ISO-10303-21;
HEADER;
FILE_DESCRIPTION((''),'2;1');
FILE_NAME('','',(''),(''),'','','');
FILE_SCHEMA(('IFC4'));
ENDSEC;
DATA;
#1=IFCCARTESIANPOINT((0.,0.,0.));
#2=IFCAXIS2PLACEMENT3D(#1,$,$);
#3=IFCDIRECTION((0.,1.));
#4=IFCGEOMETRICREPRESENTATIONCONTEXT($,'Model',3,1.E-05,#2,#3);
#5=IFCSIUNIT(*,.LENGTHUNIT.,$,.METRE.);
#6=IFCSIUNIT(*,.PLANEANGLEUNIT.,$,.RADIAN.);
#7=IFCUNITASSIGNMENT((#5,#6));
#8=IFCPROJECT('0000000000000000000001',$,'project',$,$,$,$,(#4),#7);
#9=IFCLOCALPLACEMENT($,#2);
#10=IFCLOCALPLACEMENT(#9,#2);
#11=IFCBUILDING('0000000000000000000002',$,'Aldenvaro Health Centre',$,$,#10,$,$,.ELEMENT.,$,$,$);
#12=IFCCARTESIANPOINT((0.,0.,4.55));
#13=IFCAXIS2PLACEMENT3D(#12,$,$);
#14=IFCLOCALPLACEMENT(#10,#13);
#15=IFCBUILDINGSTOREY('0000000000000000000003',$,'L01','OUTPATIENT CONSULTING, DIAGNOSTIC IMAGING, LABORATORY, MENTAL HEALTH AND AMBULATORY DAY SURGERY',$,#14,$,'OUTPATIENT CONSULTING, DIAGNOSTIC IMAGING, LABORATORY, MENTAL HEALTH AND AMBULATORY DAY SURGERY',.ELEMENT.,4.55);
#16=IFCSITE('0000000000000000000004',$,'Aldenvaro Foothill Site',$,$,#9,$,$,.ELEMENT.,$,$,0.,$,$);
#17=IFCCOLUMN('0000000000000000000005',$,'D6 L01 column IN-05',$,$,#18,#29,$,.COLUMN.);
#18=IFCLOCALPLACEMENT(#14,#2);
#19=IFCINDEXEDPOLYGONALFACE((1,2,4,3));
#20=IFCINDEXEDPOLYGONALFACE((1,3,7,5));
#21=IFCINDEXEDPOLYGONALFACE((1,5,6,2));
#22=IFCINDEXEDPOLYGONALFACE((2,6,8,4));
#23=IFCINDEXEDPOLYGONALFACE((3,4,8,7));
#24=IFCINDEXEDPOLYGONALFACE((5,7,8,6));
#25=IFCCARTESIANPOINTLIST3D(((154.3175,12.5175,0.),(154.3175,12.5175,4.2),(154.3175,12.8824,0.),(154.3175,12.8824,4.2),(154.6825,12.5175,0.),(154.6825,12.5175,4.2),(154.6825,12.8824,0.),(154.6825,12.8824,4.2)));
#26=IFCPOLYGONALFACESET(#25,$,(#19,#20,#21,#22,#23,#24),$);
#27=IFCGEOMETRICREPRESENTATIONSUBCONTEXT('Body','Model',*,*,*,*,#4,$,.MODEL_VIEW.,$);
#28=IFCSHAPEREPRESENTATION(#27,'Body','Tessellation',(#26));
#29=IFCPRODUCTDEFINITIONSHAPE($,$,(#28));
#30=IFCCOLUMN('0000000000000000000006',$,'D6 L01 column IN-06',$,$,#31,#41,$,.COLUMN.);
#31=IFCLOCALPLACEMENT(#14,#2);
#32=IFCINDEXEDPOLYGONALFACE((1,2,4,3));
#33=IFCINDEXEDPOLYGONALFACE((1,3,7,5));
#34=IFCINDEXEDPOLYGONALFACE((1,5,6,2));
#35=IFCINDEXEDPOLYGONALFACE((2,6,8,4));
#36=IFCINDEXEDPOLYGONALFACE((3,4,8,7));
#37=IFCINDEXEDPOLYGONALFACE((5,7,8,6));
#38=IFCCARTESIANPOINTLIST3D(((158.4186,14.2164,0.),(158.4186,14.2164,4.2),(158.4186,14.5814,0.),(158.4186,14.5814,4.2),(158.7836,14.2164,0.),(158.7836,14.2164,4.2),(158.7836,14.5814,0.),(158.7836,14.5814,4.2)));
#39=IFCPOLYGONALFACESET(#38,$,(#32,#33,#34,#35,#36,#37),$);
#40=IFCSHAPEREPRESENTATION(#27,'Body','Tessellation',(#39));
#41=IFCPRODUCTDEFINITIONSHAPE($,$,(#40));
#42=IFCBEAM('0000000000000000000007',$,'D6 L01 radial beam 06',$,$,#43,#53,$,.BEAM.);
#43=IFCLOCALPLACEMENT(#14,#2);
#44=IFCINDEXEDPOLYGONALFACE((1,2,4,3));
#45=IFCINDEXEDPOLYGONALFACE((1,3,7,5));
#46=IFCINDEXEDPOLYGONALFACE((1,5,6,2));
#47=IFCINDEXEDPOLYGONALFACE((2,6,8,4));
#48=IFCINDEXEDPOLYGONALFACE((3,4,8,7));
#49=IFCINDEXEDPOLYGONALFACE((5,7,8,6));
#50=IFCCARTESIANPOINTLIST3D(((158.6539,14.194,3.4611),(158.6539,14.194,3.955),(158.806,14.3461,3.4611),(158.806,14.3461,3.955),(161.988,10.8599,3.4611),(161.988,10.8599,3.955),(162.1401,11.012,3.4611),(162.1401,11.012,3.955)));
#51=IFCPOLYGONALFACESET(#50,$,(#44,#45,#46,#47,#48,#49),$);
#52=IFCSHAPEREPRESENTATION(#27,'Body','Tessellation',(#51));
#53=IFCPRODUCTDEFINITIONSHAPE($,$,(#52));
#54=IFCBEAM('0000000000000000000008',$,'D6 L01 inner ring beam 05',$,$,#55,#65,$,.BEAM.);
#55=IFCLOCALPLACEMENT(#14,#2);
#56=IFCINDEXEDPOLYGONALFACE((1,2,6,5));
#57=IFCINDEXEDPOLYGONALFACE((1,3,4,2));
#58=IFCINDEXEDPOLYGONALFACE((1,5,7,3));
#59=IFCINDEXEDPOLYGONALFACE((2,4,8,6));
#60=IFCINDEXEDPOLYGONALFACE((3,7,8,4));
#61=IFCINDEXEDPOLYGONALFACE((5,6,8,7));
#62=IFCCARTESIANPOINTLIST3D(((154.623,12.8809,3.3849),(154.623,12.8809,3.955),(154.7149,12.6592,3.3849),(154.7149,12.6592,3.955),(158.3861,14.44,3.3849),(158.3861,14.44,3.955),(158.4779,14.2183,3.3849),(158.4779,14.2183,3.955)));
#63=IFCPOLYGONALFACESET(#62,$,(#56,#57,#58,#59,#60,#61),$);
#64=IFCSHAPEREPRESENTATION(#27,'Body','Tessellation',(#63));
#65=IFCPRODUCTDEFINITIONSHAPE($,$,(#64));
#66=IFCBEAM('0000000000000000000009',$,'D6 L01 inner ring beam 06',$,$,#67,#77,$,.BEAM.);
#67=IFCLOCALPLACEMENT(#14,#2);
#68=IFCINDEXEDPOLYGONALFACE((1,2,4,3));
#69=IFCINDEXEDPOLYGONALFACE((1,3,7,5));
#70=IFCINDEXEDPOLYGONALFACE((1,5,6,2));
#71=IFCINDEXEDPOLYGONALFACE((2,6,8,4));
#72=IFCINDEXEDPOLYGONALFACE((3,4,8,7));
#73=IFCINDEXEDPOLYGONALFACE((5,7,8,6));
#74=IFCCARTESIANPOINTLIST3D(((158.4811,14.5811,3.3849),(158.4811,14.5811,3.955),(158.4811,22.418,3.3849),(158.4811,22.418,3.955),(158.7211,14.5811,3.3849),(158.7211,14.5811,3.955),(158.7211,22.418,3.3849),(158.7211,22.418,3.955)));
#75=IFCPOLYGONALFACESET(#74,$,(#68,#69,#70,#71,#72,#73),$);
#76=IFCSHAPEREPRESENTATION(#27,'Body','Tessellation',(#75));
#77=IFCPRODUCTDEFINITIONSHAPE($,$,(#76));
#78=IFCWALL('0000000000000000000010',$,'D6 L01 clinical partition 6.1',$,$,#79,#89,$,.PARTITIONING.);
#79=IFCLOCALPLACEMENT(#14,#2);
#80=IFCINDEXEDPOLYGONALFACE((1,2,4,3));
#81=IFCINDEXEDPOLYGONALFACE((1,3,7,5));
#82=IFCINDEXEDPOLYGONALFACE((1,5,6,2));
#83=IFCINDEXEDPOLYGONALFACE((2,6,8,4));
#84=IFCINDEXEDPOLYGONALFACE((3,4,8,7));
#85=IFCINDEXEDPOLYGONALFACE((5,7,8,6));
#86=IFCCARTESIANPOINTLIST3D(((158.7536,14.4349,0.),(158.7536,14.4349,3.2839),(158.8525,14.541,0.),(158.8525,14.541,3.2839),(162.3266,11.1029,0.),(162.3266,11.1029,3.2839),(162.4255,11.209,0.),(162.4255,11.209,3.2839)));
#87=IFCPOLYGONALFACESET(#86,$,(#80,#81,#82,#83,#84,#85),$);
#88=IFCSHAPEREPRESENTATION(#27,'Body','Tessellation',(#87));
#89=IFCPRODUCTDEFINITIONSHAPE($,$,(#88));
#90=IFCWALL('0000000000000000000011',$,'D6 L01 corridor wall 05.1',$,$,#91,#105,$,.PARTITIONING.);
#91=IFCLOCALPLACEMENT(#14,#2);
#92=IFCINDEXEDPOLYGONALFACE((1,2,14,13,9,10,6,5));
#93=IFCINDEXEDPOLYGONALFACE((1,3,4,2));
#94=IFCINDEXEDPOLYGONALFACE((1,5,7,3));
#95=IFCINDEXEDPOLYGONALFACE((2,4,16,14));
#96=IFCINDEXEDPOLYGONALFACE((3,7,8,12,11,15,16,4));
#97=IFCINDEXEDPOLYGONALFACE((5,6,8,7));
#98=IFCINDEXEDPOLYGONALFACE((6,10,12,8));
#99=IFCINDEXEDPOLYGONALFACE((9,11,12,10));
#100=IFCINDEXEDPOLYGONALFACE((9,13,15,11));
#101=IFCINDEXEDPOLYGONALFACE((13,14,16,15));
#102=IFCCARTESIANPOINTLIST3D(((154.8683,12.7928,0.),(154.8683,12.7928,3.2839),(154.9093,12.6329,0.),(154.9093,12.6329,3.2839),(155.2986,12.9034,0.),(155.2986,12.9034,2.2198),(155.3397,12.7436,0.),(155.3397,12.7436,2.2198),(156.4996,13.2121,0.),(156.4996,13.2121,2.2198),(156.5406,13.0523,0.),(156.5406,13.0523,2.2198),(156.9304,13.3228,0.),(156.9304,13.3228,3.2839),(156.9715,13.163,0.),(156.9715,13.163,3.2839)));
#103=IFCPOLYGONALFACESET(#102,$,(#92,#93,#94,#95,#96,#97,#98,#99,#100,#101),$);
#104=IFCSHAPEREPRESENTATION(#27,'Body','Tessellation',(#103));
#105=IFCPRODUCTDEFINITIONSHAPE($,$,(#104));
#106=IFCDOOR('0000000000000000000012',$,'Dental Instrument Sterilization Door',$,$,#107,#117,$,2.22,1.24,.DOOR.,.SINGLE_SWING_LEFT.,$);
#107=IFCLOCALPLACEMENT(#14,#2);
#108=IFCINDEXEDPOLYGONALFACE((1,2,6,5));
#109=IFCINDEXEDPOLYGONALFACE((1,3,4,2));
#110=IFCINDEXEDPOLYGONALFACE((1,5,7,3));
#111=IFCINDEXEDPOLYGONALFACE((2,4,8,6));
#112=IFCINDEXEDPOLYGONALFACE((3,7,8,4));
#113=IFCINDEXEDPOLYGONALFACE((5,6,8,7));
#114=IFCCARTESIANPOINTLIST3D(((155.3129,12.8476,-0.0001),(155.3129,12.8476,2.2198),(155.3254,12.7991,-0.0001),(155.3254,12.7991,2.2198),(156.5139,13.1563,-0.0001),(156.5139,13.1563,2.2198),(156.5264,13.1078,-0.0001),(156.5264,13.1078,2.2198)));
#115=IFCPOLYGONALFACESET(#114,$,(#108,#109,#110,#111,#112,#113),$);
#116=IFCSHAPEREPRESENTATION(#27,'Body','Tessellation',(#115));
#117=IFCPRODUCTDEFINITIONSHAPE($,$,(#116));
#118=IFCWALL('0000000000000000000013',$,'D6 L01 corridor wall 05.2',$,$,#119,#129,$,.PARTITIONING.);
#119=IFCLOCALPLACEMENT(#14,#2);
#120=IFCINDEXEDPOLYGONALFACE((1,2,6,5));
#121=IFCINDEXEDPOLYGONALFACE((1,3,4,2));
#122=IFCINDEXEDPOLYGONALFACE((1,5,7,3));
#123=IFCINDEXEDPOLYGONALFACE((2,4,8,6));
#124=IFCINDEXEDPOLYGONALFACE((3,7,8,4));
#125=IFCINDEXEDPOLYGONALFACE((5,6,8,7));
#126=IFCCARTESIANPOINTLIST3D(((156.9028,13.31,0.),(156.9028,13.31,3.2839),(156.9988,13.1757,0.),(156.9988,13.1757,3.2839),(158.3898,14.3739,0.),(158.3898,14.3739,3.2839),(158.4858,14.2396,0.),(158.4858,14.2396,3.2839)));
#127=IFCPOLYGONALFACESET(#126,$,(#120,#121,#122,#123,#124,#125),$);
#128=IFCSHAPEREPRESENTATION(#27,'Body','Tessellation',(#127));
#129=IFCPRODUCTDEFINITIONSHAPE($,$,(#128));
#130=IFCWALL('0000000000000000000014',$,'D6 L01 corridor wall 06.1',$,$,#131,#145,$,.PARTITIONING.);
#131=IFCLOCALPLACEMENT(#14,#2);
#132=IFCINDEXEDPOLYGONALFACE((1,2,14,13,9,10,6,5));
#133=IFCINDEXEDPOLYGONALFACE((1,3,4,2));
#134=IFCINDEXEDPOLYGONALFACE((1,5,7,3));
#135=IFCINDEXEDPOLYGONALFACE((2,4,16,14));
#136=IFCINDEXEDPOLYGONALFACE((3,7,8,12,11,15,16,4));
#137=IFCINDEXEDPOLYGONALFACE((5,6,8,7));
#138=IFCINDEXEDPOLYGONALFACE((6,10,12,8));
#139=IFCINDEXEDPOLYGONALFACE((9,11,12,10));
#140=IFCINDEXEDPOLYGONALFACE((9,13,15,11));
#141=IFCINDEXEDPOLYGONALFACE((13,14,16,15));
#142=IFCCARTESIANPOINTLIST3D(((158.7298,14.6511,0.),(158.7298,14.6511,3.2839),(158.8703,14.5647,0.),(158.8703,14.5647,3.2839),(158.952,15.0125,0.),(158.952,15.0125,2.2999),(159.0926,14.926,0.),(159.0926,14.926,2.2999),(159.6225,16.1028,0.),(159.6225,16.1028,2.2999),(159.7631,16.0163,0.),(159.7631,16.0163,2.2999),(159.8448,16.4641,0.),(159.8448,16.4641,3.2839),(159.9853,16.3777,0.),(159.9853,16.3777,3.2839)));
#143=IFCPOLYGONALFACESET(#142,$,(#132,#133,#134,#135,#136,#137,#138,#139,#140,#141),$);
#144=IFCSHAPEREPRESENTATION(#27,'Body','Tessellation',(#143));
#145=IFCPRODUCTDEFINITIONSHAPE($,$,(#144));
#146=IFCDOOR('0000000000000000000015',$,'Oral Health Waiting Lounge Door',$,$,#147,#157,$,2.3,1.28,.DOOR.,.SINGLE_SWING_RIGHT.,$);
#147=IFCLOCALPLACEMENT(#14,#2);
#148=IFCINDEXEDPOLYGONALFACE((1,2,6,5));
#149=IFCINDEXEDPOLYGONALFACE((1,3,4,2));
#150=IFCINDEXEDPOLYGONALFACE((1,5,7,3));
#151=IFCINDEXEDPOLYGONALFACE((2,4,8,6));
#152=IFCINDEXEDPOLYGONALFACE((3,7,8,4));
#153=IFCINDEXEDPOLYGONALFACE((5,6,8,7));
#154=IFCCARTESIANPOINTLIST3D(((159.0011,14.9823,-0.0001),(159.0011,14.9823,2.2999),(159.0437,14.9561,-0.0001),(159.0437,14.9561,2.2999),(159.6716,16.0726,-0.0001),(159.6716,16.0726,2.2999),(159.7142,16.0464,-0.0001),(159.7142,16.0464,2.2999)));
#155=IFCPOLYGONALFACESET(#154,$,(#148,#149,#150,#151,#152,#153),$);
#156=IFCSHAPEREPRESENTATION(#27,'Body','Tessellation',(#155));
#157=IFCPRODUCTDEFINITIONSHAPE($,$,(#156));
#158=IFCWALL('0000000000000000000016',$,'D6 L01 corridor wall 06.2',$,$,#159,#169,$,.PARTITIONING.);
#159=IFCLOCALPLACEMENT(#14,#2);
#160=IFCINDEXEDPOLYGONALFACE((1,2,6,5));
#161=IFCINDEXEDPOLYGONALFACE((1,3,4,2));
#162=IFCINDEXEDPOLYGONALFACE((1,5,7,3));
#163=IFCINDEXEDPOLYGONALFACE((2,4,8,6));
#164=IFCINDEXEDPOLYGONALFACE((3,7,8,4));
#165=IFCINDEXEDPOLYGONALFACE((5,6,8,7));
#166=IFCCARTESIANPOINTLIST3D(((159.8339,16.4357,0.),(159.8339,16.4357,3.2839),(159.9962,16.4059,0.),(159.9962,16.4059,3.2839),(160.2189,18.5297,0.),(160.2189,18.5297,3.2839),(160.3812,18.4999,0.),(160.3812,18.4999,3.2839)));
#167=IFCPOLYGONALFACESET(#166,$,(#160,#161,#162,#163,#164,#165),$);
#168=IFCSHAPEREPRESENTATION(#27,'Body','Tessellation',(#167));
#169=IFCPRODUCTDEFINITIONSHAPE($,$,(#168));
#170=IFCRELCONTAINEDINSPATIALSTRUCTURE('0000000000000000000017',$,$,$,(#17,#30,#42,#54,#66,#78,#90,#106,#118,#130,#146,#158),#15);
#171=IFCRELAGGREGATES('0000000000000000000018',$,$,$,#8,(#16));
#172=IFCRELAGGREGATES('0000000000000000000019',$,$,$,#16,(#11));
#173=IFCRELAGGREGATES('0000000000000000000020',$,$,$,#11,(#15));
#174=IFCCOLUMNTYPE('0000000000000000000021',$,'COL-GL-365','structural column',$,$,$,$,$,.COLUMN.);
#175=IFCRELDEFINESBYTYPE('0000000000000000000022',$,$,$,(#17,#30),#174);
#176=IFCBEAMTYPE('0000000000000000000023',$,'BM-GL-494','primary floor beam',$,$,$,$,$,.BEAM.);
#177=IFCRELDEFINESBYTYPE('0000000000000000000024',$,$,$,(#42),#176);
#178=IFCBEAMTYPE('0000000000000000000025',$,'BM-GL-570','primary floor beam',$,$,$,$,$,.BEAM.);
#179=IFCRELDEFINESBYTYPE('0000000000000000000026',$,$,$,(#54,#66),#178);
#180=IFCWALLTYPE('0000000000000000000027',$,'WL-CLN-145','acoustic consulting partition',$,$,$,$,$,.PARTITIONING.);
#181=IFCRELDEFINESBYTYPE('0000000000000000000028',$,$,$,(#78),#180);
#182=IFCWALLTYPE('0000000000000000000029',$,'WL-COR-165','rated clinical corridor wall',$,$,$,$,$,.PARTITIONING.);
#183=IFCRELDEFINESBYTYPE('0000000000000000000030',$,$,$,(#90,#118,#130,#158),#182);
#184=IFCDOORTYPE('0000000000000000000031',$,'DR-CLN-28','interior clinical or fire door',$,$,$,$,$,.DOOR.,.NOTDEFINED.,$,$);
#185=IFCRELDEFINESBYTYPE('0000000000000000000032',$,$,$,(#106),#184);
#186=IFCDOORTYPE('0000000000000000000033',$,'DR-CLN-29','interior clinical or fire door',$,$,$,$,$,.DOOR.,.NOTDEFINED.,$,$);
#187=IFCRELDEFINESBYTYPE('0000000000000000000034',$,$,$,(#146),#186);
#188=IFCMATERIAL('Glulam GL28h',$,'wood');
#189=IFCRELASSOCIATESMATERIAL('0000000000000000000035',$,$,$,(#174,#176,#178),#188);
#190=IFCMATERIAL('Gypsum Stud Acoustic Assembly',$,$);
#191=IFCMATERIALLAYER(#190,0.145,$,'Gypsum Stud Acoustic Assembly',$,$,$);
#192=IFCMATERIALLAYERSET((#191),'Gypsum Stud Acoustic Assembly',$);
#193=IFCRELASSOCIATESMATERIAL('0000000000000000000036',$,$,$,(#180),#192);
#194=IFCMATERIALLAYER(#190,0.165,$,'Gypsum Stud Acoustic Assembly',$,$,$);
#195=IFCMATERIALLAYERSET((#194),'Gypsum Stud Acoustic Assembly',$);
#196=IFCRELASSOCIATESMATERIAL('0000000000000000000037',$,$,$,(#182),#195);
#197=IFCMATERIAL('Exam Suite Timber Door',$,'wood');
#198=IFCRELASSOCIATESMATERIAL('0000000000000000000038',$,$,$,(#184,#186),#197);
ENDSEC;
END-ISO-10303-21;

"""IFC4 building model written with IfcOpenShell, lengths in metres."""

from ifc_helpers import new_model, si_unit, direction, frame, frame_2d, origin, origin_2d, place, context, subcontext, project, spatial, rectangle, extrude, material, layer, layer_set, material_profile, profile_set, type_object, element, fill, save


model = new_model("IFC4")

# Units and contexts
model_context = context("Model", 3, precision=1e-05, world=origin(), true_north=direction((0.0, 1.0)))
body_context = subcontext(model_context, "Body", "Model", "MODEL_VIEW")
ifc_project = project(units=[si_unit("LENGTHUNIT", "METRE"), si_unit("PLANEANGLEUNIT", "RADIAN")], contexts=[model_context])

# Site, building, storey
site_placement = place(None, origin())
site = spatial("IfcSite", under=ifc_project, at=site_placement, Name="Aldenvaro Foothill Site", CompositionType="ELEMENT", RefElevation=0.0)
building_placement = place(site_placement, origin())
building = spatial("IfcBuilding", under=site, at=building_placement, Name="Aldenvaro Health Centre", CompositionType="ELEMENT")
storey_placement = place(building_placement, frame((0.0, 0.0, 4.55)))
storey = spatial("IfcBuildingStorey", under=building, at=storey_placement, Name="L01", Description="OUTPATIENT CONSULTING, DIAGNOSTIC IMAGING, LABORATORY, MENTAL HEALTH AND AMBULATORY DAY SURGERY", LongName="OUTPATIENT CONSULTING, DIAGNOSTIC IMAGING, LABORATORY, MENTAL HEALTH AND AMBULATORY DAY SURGERY", CompositionType="ELEMENT", Elevation=4.55)

# Columns
ifc_material_1 = material(Name="Glulam GL28h", Category="wood")
ifc_material_profile_1 = material_profile(ifc_material_1, rectangle(XDim=0.365, YDim=0.365, at=origin_2d()), Name="GL 365x365", Category="wood")
ifc_profile_set_1 = profile_set([ifc_material_profile_1], Name="Glulam GL28h")
column_type = type_object("IfcColumnType", Name="COL-GL-365", Description="structural column", PredefinedType="COLUMN", material=ifc_profile_set_1)
for number, where, z_axis, x_axis, name in (
    (1, (154.5, 12.7, 0.0), (0.0, 0.0, 1.0), (1.0, 0.0, 0.0), "D6 L01 column IN-05"),
    (2, (158.6011, 14.3989, 0.0), (0.0, 0.0, 1.0), (1.0, 0.0, 0.0), "D6 L01 column IN-06"),
):
    element("IfcColumn", number, at=place(storey_placement, frame(where, z_axis=z_axis, x_axis=x_axis)), inside=storey, type_object=column_type, Name=name, PredefinedType="COLUMN", context=body_context, shape_type="SweptSolid", body=[
        extrude(rectangle(XDim=0.365, YDim=0.365, at=origin_2d()), origin(), (0.0, 0.0, 1.0), 4.2),
    ])

# Beams
ifc_material_profile_2 = material_profile(ifc_material_1, rectangle(XDim=0.2151, YDim=0.4939, at=origin_2d()), Name="GL 215x494", Category="wood")
ifc_profile_set_2 = profile_set([ifc_material_profile_2], Name="Glulam GL28h")
beam_type_1 = type_object("IfcBeamType", Name="BM-GL-494", Description="primary floor beam", PredefinedType="BEAM", material=ifc_profile_set_2)
beam_1_placement = place(storey_placement, frame((158.73, 14.27, 3.708), z_axis=(0.707107, -0.707107, 0.0), x_axis=(0.707107, 0.707107, 0.0)))
element("IfcBeam", 3, at=beam_1_placement, inside=storey, type_object=beam_type_1, Name="D6 L01 radial beam 06", PredefinedType="BEAM", context=body_context, shape_type="SweptSolid", body=[
    extrude(rectangle(XDim=0.2151, YDim=0.4939, at=origin_2d()), origin(), (0.0, 0.0, 1.0), 4.7151),
])
ifc_material_profile_3 = material_profile(ifc_material_1, rectangle(XDim=0.24, YDim=0.5701, at=origin_2d()), Name="GL 240x570", Category="wood")
ifc_profile_set_3 = profile_set([ifc_material_profile_3], Name="Glulam GL28h")
beam_type_2 = type_object("IfcBeamType", Name="BM-GL-570", Description="primary floor beam", PredefinedType="BEAM", material=ifc_profile_set_3)
beam_2_placement = place(storey_placement, frame((154.6689, 12.77, 3.6699), z_axis=(0.923843, 0.382772, 0.0), x_axis=(-0.382772, 0.923843, 0.0)))
element("IfcBeam", 4, at=beam_2_placement, inside=storey, type_object=beam_type_2, Name="D6 L01 inner ring beam 05", PredefinedType="BEAM", context=body_context, shape_type="SweptSolid", body=[
    extrude(rectangle(XDim=0.24, YDim=0.5701, at=origin_2d()), origin(), (0.0, 0.0, 1.0), 4.0732),
])
beam_3_placement = place(storey_placement, frame((158.6011, 14.5811, 3.6699), z_axis=(0.0, 1.0, 0.0), x_axis=(-1.0, 0.0, 0.0)))
element("IfcBeam", 5, at=beam_3_placement, inside=storey, type_object=beam_type_2, Name="D6 L01 inner ring beam 06", PredefinedType="BEAM", context=body_context, shape_type="SweptSolid", body=[
    extrude(rectangle(XDim=0.24, YDim=0.5701, at=origin_2d()), origin(), (0.0, 0.0, 1.0), 7.8369),
])

# Wall
ifc_material_2 = material(Name="Gypsum Stud Acoustic Assembly")
ifc_layer_1 = layer(ifc_material_2, 0.145, Name="Gypsum Stud Acoustic Assembly")
ifc_layer_set_1 = layer_set([ifc_layer_1], Name="Gypsum Stud Acoustic Assembly")
wall_type_1 = type_object("IfcWallType", Name="WL-CLN-145", Description="acoustic consulting partition", PredefinedType="PARTITIONING", material=ifc_layer_set_1)
wall_1_placement = place(storey_placement, frame((158.803, 14.488, 0.0), z_axis=(0.0, 0.0, 1.0), x_axis=(0.731338, -0.682016, 0.0)))
element("IfcWall", 6, at=wall_1_placement, inside=storey, type_object=wall_type_1, Name="D6 L01 clinical partition 6.1", PredefinedType="PARTITIONING", context=body_context, shape_type="SweptSolid", body=[
    extrude(rectangle(XDim=4.8855, YDim=0.145, at=frame_2d((2.4429, 0.0))), origin(), (0.0, 0.0, 1.0), 3.2839),
])

# Wall, opening, door
ifc_layer_2 = layer(ifc_material_2, 0.165, Name="Gypsum Stud Acoustic Assembly")
ifc_layer_set_2 = layer_set([ifc_layer_2], Name="Gypsum Stud Acoustic Assembly")
wall_type_2 = type_object("IfcWallType", Name="WL-COR-165", Description="rated clinical corridor wall", PredefinedType="PARTITIONING", material=ifc_layer_set_2)
wall_2_placement = place(storey_placement, frame((154.8889, 12.7129, 0.0), z_axis=(0.0, 0.0, 1.0), x_axis=(0.968516, 0.248952, 0.0)))
wall_2 = element("IfcWall", 7, at=wall_2_placement, inside=storey, type_object=wall_type_2, Name="D6 L01 corridor wall 05.1", PredefinedType="PARTITIONING", context=body_context, shape_type="SweptSolid", body=[
    extrude(rectangle(XDim=2.1292, YDim=0.165, at=frame_2d((1.0645, 0.0))), origin(), (0.0, 0.0, 1.0), 3.2839),
])
opening_1_placement = place(wall_2_placement, frame((0.4441, 0.0, 0.0)))
opening_1 = element("IfcOpeningElement", 8, at=opening_1_placement, cuts=wall_2, PredefinedType="OPENING", context=body_context, shape_type="SweptSolid", body=[
    extrude(rectangle(XDim=1.24, YDim=2.22, at=frame_2d((0.6201, 1.1099))), frame((0.0, 0.0925, 0.0), z_axis=(0.0, -1.0, 0.0), x_axis=(1.0, 0.0, 0.0)), (0.0, 0.0, 1.0), 0.1851),
])
ifc_material_3 = material(Name="Exam Suite Timber Door", Category="wood")
door_type_1 = type_object("IfcDoorType", Name="DR-CLN-28", Description="interior clinical or fire door", OperationType="NOTDEFINED", PredefinedType="DOOR", material=ifc_material_3)
door_1_placement = place(opening_1_placement, origin())
door_1 = element("IfcDoor", 9, at=door_1_placement, inside=storey, type_object=door_type_1, Name="Dental Instrument Sterilization Door", OperationType="SINGLE_SWING_LEFT", OverallHeight=2.22, OverallWidth=1.24, PredefinedType="DOOR", context=body_context, shape_type="SweptSolid", body=[
    extrude(rectangle(XDim=1.24, YDim=2.22, at=frame_2d((0.6201, 1.1099))), frame((0.0, 0.0249, 0.0), z_axis=(0.0, -1.0, 0.0), x_axis=(1.0, 0.0, 0.0)), (0.0, 0.0, 1.0), 0.05),
])
fill(opening_1, door_1)

# Wall
wall_3_placement = place(storey_placement, frame((156.9509, 13.2429, 0.0), z_axis=(0.0, 0.0, 1.0), x_axis=(0.813273, 0.581882, 0.0)))
element("IfcWall", 10, at=wall_3_placement, inside=storey, type_object=wall_type_2, Name="D6 L01 corridor wall 05.2", PredefinedType="PARTITIONING", context=body_context, shape_type="SweptSolid", body=[
    extrude(rectangle(XDim=1.8284, YDim=0.165, at=frame_2d((0.9141, 0.0))), origin(), (0.0, 0.0, 1.0), 3.2839),
])

# Wall, opening, door
wall_4_placement = place(storey_placement, frame((158.8, 14.6079, 0.0), z_axis=(0.0, 0.0, 1.0), x_axis=(0.523861, 0.851804, 0.0)))
wall_4 = element("IfcWall", 11, at=wall_4_placement, inside=storey, type_object=wall_type_2, Name="D6 L01 corridor wall 06.1", PredefinedType="PARTITIONING", context=body_context, shape_type="SweptSolid", body=[
    extrude(rectangle(XDim=2.1284, YDim=0.165, at=frame_2d((1.0642, 0.0))), origin(), (0.0, 0.0, 1.0), 3.2839),
])
opening_2_placement = place(wall_4_placement, frame((0.4241, 0.0, 0.0)))
opening_2 = element("IfcOpeningElement", 12, at=opening_2_placement, cuts=wall_4, PredefinedType="OPENING", context=body_context, shape_type="SweptSolid", body=[
    extrude(rectangle(XDim=1.28, YDim=2.3, at=frame_2d((0.6401, 1.1499))), frame((0.0, 0.0925, 0.0), z_axis=(0.0, -1.0, 0.0), x_axis=(1.0, 0.0, 0.0)), (0.0, 0.0, 1.0), 0.1851),
])
door_type_2 = type_object("IfcDoorType", Name="DR-CLN-29", Description="interior clinical or fire door", OperationType="NOTDEFINED", PredefinedType="DOOR", material=ifc_material_3)
door_2_placement = place(opening_2_placement, origin())
door_2 = element("IfcDoor", 13, at=door_2_placement, inside=storey, type_object=door_type_2, Name="Oral Health Waiting Lounge Door", OperationType="SINGLE_SWING_RIGHT", OverallHeight=2.3, OverallWidth=1.28, PredefinedType="DOOR", context=body_context, shape_type="SweptSolid", body=[
    extrude(rectangle(XDim=1.28, YDim=2.3, at=frame_2d((0.6401, 1.1499))), frame((0.0, 0.0249, 0.0), z_axis=(0.0, -1.0, 0.0), x_axis=(1.0, 0.0, 0.0)), (0.0, 0.0, 1.0), 0.05),
])
fill(opening_2, door_2)

# Wall
wall_5_placement = place(storey_placement, frame((159.915, 16.4209, 0.0), z_axis=(0.0, 0.0, 1.0), x_axis=(0.180833, 0.983514, 0.0)))
element("IfcWall", 14, at=wall_5_placement, inside=storey, type_object=wall_type_2, Name="D6 L01 corridor wall 06.2", PredefinedType="PARTITIONING", context=body_context, shape_type="SweptSolid", body=[
    extrude(rectangle(XDim=2.1292, YDim=0.165, at=frame_2d((1.0645, 0.0))), origin(), (0.0, 0.0, 1.0), 3.2839),
])

save(model, "model.ifc")
